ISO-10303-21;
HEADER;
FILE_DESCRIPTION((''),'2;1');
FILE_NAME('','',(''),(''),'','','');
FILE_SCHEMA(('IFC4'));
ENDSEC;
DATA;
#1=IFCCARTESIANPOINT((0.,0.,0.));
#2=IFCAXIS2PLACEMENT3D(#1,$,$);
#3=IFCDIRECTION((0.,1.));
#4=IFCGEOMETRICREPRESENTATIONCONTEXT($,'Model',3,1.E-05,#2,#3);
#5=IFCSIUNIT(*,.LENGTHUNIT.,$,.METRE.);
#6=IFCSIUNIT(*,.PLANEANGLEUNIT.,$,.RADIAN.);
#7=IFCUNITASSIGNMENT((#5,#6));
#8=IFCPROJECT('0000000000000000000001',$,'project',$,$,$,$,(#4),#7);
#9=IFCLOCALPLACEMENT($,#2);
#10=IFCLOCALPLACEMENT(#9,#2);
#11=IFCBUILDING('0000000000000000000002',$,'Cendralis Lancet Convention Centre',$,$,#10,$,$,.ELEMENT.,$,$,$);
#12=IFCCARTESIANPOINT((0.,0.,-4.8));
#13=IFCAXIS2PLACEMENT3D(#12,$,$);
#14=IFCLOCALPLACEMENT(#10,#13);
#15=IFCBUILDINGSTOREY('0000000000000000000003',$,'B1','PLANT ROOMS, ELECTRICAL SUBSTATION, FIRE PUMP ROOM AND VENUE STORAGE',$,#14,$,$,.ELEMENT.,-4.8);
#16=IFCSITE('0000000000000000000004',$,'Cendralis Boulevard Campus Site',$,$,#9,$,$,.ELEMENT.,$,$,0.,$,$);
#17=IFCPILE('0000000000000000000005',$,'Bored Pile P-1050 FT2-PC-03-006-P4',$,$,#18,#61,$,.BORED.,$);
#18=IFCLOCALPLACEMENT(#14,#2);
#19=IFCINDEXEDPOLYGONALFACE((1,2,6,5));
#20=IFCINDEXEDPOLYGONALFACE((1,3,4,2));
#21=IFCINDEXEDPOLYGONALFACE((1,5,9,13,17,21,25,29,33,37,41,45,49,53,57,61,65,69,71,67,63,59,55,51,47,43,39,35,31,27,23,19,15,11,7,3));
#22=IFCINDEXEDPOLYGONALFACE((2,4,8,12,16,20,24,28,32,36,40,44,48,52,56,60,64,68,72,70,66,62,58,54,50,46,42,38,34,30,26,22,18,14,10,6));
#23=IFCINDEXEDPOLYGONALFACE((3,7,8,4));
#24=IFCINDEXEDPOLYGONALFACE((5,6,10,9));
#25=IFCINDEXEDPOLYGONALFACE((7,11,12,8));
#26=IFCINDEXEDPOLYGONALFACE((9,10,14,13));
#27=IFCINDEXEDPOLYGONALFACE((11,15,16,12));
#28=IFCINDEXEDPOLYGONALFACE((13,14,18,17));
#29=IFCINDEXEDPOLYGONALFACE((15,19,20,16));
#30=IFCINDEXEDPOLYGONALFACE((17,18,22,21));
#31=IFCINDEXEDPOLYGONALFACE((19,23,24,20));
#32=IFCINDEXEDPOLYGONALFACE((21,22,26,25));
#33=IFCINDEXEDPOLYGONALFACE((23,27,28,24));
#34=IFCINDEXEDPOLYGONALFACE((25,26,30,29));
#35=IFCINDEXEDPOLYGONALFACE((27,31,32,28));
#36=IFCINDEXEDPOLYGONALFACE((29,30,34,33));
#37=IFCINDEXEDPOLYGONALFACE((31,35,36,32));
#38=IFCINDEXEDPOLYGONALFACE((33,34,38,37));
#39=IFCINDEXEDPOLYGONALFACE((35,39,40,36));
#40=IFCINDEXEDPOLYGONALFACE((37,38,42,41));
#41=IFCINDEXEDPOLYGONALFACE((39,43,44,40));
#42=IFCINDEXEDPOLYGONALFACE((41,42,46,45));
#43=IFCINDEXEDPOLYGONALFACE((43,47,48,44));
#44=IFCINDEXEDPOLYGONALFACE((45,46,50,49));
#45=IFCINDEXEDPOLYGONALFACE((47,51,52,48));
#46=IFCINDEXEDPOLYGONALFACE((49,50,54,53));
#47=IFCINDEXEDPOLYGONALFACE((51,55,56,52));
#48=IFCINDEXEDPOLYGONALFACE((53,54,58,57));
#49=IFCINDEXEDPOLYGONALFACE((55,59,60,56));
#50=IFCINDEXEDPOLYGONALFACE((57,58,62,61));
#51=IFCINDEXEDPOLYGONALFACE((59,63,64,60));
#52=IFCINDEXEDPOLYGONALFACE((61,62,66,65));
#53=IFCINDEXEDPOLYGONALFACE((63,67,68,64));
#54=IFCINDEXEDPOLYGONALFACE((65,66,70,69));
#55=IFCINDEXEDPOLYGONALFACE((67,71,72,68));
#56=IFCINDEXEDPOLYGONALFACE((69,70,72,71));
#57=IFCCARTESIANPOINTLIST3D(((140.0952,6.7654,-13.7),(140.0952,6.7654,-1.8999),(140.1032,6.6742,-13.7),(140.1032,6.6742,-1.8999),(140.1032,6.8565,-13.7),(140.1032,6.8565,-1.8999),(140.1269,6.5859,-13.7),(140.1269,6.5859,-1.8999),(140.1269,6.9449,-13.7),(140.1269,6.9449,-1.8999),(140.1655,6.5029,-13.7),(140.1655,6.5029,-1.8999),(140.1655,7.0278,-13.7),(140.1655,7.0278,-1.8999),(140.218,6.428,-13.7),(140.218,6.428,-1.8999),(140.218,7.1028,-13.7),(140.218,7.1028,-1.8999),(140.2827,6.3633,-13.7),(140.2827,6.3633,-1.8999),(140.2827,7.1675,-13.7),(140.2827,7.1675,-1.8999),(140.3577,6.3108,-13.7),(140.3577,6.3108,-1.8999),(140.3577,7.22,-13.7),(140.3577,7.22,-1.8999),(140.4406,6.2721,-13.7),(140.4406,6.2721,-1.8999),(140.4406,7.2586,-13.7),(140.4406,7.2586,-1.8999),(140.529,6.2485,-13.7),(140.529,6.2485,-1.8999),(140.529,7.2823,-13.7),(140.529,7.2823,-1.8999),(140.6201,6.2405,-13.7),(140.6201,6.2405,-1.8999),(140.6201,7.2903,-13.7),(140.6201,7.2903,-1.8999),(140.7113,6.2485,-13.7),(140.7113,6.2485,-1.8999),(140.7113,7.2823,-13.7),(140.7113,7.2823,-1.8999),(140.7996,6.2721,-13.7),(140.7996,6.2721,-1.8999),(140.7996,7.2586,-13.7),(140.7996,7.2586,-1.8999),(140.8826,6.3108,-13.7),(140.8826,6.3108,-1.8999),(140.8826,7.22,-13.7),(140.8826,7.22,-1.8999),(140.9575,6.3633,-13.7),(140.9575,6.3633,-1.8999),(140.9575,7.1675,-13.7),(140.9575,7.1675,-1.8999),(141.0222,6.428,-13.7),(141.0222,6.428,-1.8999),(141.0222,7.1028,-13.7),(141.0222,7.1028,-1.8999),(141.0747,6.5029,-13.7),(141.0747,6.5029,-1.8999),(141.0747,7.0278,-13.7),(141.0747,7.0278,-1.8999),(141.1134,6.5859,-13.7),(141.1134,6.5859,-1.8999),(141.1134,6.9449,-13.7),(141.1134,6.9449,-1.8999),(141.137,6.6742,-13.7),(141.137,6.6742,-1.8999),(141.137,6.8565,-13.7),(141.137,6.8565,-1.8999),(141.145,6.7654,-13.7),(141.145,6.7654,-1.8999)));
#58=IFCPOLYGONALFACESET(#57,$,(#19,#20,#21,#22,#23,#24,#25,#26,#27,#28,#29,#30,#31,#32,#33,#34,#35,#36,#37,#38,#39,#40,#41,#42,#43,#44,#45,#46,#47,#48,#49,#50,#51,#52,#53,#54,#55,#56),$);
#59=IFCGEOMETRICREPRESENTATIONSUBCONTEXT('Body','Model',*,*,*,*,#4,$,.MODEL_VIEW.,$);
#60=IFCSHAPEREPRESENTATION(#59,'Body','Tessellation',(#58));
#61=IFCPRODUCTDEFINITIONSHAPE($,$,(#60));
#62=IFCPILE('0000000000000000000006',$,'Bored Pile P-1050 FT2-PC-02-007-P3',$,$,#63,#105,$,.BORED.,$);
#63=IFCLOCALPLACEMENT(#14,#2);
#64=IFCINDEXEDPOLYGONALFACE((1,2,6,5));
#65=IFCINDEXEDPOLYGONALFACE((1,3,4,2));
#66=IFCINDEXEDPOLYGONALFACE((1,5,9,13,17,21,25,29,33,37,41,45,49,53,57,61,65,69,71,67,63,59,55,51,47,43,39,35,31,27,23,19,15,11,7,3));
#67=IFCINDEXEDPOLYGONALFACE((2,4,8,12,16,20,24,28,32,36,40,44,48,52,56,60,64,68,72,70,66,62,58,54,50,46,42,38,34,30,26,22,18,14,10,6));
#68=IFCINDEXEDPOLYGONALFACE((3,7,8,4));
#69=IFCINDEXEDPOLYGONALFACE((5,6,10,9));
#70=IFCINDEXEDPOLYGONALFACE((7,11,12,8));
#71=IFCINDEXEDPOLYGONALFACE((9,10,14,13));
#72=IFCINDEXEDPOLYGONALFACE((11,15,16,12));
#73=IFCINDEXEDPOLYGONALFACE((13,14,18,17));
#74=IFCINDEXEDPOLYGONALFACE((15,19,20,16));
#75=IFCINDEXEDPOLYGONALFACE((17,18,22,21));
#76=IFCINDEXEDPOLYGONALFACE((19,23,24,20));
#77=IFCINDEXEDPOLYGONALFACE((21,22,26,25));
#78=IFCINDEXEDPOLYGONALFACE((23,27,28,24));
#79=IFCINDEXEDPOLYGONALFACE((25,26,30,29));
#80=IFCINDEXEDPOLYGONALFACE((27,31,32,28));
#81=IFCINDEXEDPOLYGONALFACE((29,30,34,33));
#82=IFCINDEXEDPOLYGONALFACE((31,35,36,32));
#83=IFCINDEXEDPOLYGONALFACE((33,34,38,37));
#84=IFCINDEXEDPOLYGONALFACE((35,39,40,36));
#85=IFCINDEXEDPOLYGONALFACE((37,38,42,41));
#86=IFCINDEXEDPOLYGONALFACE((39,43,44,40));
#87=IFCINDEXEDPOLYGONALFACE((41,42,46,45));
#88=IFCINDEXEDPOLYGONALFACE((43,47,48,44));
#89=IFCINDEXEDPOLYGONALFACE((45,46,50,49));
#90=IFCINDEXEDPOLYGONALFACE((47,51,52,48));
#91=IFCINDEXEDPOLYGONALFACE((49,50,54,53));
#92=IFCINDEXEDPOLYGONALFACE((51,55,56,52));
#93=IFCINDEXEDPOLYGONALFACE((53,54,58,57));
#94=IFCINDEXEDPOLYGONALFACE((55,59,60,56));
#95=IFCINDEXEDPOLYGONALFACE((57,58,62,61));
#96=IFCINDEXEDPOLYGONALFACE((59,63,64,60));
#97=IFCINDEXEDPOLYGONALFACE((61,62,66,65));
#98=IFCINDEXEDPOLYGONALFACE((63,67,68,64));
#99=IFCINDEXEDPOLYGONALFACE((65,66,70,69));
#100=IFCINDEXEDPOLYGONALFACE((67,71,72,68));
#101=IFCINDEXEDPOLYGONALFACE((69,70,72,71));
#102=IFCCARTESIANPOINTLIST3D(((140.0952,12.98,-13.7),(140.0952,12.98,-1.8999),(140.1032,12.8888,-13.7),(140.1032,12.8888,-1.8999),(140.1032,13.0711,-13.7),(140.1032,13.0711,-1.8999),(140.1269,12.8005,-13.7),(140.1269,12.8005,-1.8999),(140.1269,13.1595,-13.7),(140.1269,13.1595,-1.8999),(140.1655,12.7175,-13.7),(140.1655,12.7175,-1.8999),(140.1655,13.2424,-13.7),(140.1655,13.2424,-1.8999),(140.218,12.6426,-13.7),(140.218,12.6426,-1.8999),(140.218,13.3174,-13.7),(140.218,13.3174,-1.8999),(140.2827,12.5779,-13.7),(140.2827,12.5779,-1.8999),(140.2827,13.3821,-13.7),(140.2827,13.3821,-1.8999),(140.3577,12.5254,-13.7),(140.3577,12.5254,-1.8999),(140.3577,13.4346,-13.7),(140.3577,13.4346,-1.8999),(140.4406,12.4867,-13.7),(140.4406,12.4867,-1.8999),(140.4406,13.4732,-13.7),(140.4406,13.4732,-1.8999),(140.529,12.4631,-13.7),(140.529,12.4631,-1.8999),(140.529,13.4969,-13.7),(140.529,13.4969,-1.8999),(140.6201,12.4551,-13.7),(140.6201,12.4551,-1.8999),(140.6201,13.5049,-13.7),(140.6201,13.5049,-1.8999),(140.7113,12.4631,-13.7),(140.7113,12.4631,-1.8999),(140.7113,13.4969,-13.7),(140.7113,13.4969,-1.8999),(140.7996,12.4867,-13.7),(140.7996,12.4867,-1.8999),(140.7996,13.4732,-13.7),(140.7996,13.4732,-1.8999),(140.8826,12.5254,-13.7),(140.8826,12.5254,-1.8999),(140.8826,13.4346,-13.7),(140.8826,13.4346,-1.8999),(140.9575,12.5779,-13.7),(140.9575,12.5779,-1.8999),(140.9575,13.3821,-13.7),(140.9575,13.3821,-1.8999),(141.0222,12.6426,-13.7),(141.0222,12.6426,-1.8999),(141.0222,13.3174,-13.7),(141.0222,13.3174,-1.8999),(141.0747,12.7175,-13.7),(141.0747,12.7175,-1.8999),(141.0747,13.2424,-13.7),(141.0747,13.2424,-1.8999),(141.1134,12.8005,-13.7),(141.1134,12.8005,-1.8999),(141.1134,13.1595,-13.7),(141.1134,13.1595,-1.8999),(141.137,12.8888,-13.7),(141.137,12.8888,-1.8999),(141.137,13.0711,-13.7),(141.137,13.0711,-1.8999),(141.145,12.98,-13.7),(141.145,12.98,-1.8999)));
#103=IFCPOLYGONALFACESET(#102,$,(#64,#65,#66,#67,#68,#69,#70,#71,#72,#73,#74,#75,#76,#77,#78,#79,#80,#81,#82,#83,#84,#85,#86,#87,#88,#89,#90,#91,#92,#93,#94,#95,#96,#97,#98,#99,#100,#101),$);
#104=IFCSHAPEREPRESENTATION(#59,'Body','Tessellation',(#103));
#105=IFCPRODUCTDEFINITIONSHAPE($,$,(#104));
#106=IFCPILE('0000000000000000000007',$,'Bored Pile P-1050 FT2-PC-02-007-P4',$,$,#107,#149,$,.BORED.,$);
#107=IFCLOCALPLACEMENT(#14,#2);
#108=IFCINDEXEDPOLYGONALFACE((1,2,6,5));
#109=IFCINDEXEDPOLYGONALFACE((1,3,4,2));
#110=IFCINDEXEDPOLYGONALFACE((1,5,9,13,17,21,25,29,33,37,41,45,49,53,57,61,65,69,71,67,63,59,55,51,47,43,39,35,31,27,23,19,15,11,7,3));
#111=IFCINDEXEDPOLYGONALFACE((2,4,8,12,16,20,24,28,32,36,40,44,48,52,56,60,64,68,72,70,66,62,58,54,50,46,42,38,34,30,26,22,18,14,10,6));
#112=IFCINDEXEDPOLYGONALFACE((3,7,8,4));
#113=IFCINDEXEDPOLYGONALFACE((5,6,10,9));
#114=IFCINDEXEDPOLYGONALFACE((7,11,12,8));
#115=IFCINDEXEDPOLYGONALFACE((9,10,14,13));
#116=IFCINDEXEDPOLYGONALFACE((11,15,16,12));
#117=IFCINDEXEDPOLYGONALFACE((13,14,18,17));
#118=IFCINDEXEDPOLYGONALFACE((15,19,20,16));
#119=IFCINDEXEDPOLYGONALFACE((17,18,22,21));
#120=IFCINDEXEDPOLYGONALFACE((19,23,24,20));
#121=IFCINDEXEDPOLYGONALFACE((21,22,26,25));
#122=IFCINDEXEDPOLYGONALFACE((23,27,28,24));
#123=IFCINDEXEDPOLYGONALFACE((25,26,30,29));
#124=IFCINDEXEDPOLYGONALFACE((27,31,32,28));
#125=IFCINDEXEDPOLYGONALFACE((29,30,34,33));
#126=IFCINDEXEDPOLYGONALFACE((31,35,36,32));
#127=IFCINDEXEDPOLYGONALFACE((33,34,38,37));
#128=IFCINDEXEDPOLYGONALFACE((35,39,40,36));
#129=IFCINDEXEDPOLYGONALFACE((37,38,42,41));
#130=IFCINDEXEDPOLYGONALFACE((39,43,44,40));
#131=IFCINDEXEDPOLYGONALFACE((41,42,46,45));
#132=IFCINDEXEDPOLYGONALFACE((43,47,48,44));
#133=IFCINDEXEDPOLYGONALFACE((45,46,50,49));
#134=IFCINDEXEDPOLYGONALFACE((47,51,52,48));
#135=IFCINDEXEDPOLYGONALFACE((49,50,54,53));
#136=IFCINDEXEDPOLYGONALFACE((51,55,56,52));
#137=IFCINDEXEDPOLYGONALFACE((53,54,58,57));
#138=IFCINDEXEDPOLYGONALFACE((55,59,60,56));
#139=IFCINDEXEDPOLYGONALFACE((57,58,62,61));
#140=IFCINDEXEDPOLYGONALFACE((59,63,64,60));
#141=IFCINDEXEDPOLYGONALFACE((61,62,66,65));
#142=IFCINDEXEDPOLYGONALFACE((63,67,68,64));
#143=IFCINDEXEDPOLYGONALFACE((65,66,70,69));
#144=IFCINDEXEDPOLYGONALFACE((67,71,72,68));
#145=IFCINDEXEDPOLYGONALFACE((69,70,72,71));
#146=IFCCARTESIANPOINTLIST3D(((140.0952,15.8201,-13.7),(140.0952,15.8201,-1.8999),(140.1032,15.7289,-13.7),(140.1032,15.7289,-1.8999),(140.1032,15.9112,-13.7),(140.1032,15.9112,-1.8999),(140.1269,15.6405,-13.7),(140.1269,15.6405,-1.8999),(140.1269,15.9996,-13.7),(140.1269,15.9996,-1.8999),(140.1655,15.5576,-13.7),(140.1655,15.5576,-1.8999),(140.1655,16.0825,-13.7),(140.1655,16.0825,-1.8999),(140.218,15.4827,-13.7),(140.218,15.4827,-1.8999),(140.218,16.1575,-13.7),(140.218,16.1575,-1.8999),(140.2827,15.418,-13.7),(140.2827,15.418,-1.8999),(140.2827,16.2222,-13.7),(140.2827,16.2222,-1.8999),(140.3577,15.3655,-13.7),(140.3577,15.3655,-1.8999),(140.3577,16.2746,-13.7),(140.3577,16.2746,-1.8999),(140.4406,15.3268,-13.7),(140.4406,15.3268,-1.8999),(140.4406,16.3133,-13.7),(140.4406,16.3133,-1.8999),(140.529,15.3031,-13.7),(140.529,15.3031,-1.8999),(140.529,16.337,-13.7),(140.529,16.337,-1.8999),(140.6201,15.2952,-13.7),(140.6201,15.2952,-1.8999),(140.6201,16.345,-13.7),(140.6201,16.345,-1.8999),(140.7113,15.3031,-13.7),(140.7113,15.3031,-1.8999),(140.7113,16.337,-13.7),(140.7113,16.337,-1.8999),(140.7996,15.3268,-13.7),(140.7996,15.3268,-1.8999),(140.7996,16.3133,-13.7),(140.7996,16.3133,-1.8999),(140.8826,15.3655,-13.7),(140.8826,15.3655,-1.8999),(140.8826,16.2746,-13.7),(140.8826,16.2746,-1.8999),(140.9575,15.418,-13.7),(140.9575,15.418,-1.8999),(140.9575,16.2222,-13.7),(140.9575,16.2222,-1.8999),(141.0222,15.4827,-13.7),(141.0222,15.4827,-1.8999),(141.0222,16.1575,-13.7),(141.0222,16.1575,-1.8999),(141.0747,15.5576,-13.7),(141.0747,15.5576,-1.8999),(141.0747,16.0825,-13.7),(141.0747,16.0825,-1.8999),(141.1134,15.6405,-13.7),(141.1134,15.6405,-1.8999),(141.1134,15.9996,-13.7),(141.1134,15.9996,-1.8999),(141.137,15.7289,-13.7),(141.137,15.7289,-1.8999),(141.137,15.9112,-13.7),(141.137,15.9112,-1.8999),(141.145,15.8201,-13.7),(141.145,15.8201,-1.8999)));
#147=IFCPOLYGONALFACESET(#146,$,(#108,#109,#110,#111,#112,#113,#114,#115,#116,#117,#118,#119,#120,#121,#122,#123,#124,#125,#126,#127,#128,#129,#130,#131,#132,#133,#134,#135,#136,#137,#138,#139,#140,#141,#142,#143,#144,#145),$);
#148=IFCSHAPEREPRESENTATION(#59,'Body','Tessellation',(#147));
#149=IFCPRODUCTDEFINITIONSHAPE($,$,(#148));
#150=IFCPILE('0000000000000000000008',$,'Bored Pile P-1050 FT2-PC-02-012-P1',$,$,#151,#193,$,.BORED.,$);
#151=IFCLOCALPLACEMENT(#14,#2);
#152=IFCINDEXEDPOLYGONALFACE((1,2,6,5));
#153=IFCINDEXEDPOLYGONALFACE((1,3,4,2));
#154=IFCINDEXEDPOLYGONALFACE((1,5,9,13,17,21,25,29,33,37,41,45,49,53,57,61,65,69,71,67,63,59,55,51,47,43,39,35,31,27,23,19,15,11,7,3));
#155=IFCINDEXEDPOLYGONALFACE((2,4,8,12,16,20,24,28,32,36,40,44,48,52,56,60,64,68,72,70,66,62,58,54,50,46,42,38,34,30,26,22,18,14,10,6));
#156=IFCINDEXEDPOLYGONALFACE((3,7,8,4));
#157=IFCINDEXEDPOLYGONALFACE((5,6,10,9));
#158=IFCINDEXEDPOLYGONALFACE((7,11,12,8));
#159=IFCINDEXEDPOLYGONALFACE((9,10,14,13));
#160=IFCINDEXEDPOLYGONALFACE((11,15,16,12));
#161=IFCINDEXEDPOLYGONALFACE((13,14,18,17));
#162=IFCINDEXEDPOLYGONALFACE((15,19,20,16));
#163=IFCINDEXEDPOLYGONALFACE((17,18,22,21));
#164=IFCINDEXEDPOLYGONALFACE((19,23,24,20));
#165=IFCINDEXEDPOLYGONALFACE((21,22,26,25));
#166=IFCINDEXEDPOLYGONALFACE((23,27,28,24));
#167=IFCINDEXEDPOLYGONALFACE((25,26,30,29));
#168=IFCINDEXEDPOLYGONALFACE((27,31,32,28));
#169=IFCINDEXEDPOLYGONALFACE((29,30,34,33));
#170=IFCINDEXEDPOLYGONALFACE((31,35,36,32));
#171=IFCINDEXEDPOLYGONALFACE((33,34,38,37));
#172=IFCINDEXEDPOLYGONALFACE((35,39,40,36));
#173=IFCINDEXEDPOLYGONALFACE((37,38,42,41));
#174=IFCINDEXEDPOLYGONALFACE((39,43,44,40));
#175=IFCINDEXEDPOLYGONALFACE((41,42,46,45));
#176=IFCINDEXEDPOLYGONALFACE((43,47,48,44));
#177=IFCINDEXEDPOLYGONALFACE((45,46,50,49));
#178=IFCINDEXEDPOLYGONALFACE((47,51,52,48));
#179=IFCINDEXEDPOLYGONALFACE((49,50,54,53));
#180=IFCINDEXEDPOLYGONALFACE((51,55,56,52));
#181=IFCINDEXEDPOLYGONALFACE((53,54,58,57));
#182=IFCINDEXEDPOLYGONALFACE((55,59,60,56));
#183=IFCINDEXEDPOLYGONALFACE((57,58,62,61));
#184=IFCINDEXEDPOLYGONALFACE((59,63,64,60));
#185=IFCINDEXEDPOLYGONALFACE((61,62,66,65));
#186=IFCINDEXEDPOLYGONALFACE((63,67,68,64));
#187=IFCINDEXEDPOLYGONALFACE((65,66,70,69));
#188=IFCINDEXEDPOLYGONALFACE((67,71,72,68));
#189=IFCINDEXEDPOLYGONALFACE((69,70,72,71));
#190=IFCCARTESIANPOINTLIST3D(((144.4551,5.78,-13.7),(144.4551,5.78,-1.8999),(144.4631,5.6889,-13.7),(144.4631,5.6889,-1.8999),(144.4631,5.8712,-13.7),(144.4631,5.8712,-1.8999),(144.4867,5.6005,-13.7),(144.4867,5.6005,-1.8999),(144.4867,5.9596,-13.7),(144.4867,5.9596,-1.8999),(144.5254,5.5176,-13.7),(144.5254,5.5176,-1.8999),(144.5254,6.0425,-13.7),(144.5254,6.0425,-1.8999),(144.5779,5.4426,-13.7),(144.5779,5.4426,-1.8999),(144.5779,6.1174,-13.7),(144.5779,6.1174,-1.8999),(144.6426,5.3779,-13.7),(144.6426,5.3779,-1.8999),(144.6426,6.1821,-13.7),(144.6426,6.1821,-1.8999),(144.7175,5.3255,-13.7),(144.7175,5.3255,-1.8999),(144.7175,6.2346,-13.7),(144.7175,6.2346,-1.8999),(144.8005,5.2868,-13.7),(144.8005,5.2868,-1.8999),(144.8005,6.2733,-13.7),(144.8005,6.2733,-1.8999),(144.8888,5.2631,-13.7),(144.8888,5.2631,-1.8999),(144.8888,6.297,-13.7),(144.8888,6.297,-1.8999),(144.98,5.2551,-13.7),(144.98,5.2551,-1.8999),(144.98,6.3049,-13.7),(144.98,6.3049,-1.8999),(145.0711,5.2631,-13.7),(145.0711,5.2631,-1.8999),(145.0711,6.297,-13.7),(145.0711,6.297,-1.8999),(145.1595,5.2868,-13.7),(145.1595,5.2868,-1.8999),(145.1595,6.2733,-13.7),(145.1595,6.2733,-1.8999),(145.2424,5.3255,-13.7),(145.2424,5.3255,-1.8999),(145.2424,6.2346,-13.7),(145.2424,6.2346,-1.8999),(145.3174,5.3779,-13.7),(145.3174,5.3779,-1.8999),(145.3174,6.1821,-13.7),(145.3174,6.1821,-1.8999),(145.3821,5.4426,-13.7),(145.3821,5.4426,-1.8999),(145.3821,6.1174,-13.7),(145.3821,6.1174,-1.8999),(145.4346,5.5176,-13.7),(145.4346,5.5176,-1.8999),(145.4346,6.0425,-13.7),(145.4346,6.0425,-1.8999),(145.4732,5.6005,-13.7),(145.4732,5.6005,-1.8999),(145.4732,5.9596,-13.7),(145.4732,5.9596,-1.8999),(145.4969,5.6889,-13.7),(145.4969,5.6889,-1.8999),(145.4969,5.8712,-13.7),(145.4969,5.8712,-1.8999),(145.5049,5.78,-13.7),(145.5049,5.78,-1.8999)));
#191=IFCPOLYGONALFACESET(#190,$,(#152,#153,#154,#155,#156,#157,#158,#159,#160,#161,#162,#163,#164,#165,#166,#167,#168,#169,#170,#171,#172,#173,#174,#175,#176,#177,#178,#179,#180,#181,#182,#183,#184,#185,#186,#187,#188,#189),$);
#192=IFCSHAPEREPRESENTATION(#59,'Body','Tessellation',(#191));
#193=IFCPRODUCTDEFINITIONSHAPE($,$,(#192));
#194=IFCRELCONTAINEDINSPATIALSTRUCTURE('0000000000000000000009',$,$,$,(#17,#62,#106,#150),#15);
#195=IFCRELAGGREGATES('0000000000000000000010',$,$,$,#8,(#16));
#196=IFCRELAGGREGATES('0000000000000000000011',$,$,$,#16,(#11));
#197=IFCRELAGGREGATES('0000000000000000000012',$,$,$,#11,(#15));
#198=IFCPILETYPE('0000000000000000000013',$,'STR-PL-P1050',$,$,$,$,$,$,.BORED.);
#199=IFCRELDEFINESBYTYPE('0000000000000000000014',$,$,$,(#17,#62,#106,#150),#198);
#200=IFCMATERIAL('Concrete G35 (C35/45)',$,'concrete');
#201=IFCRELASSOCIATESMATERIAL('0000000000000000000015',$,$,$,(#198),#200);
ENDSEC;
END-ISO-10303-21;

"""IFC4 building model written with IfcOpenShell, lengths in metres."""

from ifc_helpers import new_model, si_unit, direction, frame, origin, origin_2d, place, context, subcontext, project, spatial, circle, extrude, material, material_profile, profile_set, type_object, element, save


model = new_model("IFC4")

# Units and contexts
model_context = context("Model", 3, precision=1e-05, world=origin(), true_north=direction((0.0, 1.0)))
body_context = subcontext(model_context, "Body", "Model", "MODEL_VIEW")
ifc_project = project(units=[si_unit("LENGTHUNIT", "METRE"), si_unit("PLANEANGLEUNIT", "RADIAN")], contexts=[model_context])

# Site, building, storey
site_placement = place(None, origin())
site = spatial("IfcSite", under=ifc_project, at=site_placement, Name="Cendralis Boulevard Campus Site", CompositionType="ELEMENT", RefElevation=0.0)
building_placement = place(site_placement, origin())
building = spatial("IfcBuilding", under=site, at=building_placement, Name="Cendralis Lancet Convention Centre", CompositionType="ELEMENT")
storey_placement = place(building_placement, frame((0.0, 0.0, -4.8)))
storey = spatial("IfcBuildingStorey", under=building, at=storey_placement, Name="B1", Description="PLANT ROOMS, ELECTRICAL SUBSTATION, FIRE PUMP ROOM AND VENUE STORAGE", CompositionType="ELEMENT", Elevation=-4.8)

# Shared definitions
ifc_material_1 = material(Name="Concrete G35 (C35/45)", Category="concrete")

# Piles
ifc_material_profile_1 = material_profile(ifc_material_1, circle(Radius=0.5249, at=origin_2d()), Name="BORED PILE D1050")
ifc_profile_set_1 = profile_set([ifc_material_profile_1], Name="Concrete G35 (C35/45)")
pile_type_1 = type_object("IfcPileType", Name="STR-PL-P1050", PredefinedType="BORED", material=ifc_profile_set_1)
for number, where, z_axis, x_axis, name in (
    (1, (140.6201, 6.7654, -1.8999), (0.0, 0.0, -1.0), (1.0, 0.0, 0.0), "Bored Pile P-1050 FT2-PC-03-006-P4"),
    (2, (140.6201, 12.98, -1.8999), (0.0, 0.0, -1.0), (1.0, 0.0, 0.0), "Bored Pile P-1050 FT2-PC-02-007-P3"),
    (3, (140.6201, 15.8201, -1.8999), (0.0, 0.0, -1.0), (1.0, 0.0, 0.0), "Bored Pile P-1050 FT2-PC-02-007-P4"),
    (4, (144.98, 5.78, -1.8999), (0.0, 0.0, -1.0), (1.0, 0.0, 0.0), "Bored Pile P-1050 FT2-PC-02-012-P1"),
):
    element("IfcPile", number, at=place(storey_placement, frame(where, z_axis=z_axis, x_axis=x_axis)), inside=storey, type_object=pile_type_1, Name=name, PredefinedType="BORED", context=body_context, shape_type="SweptSolid", body=[
        extrude(circle(Radius=0.5249, at=origin_2d()), origin(), (0.0, 0.0, 1.0), 11.8),
    ])

save(model, "model.ifc")
